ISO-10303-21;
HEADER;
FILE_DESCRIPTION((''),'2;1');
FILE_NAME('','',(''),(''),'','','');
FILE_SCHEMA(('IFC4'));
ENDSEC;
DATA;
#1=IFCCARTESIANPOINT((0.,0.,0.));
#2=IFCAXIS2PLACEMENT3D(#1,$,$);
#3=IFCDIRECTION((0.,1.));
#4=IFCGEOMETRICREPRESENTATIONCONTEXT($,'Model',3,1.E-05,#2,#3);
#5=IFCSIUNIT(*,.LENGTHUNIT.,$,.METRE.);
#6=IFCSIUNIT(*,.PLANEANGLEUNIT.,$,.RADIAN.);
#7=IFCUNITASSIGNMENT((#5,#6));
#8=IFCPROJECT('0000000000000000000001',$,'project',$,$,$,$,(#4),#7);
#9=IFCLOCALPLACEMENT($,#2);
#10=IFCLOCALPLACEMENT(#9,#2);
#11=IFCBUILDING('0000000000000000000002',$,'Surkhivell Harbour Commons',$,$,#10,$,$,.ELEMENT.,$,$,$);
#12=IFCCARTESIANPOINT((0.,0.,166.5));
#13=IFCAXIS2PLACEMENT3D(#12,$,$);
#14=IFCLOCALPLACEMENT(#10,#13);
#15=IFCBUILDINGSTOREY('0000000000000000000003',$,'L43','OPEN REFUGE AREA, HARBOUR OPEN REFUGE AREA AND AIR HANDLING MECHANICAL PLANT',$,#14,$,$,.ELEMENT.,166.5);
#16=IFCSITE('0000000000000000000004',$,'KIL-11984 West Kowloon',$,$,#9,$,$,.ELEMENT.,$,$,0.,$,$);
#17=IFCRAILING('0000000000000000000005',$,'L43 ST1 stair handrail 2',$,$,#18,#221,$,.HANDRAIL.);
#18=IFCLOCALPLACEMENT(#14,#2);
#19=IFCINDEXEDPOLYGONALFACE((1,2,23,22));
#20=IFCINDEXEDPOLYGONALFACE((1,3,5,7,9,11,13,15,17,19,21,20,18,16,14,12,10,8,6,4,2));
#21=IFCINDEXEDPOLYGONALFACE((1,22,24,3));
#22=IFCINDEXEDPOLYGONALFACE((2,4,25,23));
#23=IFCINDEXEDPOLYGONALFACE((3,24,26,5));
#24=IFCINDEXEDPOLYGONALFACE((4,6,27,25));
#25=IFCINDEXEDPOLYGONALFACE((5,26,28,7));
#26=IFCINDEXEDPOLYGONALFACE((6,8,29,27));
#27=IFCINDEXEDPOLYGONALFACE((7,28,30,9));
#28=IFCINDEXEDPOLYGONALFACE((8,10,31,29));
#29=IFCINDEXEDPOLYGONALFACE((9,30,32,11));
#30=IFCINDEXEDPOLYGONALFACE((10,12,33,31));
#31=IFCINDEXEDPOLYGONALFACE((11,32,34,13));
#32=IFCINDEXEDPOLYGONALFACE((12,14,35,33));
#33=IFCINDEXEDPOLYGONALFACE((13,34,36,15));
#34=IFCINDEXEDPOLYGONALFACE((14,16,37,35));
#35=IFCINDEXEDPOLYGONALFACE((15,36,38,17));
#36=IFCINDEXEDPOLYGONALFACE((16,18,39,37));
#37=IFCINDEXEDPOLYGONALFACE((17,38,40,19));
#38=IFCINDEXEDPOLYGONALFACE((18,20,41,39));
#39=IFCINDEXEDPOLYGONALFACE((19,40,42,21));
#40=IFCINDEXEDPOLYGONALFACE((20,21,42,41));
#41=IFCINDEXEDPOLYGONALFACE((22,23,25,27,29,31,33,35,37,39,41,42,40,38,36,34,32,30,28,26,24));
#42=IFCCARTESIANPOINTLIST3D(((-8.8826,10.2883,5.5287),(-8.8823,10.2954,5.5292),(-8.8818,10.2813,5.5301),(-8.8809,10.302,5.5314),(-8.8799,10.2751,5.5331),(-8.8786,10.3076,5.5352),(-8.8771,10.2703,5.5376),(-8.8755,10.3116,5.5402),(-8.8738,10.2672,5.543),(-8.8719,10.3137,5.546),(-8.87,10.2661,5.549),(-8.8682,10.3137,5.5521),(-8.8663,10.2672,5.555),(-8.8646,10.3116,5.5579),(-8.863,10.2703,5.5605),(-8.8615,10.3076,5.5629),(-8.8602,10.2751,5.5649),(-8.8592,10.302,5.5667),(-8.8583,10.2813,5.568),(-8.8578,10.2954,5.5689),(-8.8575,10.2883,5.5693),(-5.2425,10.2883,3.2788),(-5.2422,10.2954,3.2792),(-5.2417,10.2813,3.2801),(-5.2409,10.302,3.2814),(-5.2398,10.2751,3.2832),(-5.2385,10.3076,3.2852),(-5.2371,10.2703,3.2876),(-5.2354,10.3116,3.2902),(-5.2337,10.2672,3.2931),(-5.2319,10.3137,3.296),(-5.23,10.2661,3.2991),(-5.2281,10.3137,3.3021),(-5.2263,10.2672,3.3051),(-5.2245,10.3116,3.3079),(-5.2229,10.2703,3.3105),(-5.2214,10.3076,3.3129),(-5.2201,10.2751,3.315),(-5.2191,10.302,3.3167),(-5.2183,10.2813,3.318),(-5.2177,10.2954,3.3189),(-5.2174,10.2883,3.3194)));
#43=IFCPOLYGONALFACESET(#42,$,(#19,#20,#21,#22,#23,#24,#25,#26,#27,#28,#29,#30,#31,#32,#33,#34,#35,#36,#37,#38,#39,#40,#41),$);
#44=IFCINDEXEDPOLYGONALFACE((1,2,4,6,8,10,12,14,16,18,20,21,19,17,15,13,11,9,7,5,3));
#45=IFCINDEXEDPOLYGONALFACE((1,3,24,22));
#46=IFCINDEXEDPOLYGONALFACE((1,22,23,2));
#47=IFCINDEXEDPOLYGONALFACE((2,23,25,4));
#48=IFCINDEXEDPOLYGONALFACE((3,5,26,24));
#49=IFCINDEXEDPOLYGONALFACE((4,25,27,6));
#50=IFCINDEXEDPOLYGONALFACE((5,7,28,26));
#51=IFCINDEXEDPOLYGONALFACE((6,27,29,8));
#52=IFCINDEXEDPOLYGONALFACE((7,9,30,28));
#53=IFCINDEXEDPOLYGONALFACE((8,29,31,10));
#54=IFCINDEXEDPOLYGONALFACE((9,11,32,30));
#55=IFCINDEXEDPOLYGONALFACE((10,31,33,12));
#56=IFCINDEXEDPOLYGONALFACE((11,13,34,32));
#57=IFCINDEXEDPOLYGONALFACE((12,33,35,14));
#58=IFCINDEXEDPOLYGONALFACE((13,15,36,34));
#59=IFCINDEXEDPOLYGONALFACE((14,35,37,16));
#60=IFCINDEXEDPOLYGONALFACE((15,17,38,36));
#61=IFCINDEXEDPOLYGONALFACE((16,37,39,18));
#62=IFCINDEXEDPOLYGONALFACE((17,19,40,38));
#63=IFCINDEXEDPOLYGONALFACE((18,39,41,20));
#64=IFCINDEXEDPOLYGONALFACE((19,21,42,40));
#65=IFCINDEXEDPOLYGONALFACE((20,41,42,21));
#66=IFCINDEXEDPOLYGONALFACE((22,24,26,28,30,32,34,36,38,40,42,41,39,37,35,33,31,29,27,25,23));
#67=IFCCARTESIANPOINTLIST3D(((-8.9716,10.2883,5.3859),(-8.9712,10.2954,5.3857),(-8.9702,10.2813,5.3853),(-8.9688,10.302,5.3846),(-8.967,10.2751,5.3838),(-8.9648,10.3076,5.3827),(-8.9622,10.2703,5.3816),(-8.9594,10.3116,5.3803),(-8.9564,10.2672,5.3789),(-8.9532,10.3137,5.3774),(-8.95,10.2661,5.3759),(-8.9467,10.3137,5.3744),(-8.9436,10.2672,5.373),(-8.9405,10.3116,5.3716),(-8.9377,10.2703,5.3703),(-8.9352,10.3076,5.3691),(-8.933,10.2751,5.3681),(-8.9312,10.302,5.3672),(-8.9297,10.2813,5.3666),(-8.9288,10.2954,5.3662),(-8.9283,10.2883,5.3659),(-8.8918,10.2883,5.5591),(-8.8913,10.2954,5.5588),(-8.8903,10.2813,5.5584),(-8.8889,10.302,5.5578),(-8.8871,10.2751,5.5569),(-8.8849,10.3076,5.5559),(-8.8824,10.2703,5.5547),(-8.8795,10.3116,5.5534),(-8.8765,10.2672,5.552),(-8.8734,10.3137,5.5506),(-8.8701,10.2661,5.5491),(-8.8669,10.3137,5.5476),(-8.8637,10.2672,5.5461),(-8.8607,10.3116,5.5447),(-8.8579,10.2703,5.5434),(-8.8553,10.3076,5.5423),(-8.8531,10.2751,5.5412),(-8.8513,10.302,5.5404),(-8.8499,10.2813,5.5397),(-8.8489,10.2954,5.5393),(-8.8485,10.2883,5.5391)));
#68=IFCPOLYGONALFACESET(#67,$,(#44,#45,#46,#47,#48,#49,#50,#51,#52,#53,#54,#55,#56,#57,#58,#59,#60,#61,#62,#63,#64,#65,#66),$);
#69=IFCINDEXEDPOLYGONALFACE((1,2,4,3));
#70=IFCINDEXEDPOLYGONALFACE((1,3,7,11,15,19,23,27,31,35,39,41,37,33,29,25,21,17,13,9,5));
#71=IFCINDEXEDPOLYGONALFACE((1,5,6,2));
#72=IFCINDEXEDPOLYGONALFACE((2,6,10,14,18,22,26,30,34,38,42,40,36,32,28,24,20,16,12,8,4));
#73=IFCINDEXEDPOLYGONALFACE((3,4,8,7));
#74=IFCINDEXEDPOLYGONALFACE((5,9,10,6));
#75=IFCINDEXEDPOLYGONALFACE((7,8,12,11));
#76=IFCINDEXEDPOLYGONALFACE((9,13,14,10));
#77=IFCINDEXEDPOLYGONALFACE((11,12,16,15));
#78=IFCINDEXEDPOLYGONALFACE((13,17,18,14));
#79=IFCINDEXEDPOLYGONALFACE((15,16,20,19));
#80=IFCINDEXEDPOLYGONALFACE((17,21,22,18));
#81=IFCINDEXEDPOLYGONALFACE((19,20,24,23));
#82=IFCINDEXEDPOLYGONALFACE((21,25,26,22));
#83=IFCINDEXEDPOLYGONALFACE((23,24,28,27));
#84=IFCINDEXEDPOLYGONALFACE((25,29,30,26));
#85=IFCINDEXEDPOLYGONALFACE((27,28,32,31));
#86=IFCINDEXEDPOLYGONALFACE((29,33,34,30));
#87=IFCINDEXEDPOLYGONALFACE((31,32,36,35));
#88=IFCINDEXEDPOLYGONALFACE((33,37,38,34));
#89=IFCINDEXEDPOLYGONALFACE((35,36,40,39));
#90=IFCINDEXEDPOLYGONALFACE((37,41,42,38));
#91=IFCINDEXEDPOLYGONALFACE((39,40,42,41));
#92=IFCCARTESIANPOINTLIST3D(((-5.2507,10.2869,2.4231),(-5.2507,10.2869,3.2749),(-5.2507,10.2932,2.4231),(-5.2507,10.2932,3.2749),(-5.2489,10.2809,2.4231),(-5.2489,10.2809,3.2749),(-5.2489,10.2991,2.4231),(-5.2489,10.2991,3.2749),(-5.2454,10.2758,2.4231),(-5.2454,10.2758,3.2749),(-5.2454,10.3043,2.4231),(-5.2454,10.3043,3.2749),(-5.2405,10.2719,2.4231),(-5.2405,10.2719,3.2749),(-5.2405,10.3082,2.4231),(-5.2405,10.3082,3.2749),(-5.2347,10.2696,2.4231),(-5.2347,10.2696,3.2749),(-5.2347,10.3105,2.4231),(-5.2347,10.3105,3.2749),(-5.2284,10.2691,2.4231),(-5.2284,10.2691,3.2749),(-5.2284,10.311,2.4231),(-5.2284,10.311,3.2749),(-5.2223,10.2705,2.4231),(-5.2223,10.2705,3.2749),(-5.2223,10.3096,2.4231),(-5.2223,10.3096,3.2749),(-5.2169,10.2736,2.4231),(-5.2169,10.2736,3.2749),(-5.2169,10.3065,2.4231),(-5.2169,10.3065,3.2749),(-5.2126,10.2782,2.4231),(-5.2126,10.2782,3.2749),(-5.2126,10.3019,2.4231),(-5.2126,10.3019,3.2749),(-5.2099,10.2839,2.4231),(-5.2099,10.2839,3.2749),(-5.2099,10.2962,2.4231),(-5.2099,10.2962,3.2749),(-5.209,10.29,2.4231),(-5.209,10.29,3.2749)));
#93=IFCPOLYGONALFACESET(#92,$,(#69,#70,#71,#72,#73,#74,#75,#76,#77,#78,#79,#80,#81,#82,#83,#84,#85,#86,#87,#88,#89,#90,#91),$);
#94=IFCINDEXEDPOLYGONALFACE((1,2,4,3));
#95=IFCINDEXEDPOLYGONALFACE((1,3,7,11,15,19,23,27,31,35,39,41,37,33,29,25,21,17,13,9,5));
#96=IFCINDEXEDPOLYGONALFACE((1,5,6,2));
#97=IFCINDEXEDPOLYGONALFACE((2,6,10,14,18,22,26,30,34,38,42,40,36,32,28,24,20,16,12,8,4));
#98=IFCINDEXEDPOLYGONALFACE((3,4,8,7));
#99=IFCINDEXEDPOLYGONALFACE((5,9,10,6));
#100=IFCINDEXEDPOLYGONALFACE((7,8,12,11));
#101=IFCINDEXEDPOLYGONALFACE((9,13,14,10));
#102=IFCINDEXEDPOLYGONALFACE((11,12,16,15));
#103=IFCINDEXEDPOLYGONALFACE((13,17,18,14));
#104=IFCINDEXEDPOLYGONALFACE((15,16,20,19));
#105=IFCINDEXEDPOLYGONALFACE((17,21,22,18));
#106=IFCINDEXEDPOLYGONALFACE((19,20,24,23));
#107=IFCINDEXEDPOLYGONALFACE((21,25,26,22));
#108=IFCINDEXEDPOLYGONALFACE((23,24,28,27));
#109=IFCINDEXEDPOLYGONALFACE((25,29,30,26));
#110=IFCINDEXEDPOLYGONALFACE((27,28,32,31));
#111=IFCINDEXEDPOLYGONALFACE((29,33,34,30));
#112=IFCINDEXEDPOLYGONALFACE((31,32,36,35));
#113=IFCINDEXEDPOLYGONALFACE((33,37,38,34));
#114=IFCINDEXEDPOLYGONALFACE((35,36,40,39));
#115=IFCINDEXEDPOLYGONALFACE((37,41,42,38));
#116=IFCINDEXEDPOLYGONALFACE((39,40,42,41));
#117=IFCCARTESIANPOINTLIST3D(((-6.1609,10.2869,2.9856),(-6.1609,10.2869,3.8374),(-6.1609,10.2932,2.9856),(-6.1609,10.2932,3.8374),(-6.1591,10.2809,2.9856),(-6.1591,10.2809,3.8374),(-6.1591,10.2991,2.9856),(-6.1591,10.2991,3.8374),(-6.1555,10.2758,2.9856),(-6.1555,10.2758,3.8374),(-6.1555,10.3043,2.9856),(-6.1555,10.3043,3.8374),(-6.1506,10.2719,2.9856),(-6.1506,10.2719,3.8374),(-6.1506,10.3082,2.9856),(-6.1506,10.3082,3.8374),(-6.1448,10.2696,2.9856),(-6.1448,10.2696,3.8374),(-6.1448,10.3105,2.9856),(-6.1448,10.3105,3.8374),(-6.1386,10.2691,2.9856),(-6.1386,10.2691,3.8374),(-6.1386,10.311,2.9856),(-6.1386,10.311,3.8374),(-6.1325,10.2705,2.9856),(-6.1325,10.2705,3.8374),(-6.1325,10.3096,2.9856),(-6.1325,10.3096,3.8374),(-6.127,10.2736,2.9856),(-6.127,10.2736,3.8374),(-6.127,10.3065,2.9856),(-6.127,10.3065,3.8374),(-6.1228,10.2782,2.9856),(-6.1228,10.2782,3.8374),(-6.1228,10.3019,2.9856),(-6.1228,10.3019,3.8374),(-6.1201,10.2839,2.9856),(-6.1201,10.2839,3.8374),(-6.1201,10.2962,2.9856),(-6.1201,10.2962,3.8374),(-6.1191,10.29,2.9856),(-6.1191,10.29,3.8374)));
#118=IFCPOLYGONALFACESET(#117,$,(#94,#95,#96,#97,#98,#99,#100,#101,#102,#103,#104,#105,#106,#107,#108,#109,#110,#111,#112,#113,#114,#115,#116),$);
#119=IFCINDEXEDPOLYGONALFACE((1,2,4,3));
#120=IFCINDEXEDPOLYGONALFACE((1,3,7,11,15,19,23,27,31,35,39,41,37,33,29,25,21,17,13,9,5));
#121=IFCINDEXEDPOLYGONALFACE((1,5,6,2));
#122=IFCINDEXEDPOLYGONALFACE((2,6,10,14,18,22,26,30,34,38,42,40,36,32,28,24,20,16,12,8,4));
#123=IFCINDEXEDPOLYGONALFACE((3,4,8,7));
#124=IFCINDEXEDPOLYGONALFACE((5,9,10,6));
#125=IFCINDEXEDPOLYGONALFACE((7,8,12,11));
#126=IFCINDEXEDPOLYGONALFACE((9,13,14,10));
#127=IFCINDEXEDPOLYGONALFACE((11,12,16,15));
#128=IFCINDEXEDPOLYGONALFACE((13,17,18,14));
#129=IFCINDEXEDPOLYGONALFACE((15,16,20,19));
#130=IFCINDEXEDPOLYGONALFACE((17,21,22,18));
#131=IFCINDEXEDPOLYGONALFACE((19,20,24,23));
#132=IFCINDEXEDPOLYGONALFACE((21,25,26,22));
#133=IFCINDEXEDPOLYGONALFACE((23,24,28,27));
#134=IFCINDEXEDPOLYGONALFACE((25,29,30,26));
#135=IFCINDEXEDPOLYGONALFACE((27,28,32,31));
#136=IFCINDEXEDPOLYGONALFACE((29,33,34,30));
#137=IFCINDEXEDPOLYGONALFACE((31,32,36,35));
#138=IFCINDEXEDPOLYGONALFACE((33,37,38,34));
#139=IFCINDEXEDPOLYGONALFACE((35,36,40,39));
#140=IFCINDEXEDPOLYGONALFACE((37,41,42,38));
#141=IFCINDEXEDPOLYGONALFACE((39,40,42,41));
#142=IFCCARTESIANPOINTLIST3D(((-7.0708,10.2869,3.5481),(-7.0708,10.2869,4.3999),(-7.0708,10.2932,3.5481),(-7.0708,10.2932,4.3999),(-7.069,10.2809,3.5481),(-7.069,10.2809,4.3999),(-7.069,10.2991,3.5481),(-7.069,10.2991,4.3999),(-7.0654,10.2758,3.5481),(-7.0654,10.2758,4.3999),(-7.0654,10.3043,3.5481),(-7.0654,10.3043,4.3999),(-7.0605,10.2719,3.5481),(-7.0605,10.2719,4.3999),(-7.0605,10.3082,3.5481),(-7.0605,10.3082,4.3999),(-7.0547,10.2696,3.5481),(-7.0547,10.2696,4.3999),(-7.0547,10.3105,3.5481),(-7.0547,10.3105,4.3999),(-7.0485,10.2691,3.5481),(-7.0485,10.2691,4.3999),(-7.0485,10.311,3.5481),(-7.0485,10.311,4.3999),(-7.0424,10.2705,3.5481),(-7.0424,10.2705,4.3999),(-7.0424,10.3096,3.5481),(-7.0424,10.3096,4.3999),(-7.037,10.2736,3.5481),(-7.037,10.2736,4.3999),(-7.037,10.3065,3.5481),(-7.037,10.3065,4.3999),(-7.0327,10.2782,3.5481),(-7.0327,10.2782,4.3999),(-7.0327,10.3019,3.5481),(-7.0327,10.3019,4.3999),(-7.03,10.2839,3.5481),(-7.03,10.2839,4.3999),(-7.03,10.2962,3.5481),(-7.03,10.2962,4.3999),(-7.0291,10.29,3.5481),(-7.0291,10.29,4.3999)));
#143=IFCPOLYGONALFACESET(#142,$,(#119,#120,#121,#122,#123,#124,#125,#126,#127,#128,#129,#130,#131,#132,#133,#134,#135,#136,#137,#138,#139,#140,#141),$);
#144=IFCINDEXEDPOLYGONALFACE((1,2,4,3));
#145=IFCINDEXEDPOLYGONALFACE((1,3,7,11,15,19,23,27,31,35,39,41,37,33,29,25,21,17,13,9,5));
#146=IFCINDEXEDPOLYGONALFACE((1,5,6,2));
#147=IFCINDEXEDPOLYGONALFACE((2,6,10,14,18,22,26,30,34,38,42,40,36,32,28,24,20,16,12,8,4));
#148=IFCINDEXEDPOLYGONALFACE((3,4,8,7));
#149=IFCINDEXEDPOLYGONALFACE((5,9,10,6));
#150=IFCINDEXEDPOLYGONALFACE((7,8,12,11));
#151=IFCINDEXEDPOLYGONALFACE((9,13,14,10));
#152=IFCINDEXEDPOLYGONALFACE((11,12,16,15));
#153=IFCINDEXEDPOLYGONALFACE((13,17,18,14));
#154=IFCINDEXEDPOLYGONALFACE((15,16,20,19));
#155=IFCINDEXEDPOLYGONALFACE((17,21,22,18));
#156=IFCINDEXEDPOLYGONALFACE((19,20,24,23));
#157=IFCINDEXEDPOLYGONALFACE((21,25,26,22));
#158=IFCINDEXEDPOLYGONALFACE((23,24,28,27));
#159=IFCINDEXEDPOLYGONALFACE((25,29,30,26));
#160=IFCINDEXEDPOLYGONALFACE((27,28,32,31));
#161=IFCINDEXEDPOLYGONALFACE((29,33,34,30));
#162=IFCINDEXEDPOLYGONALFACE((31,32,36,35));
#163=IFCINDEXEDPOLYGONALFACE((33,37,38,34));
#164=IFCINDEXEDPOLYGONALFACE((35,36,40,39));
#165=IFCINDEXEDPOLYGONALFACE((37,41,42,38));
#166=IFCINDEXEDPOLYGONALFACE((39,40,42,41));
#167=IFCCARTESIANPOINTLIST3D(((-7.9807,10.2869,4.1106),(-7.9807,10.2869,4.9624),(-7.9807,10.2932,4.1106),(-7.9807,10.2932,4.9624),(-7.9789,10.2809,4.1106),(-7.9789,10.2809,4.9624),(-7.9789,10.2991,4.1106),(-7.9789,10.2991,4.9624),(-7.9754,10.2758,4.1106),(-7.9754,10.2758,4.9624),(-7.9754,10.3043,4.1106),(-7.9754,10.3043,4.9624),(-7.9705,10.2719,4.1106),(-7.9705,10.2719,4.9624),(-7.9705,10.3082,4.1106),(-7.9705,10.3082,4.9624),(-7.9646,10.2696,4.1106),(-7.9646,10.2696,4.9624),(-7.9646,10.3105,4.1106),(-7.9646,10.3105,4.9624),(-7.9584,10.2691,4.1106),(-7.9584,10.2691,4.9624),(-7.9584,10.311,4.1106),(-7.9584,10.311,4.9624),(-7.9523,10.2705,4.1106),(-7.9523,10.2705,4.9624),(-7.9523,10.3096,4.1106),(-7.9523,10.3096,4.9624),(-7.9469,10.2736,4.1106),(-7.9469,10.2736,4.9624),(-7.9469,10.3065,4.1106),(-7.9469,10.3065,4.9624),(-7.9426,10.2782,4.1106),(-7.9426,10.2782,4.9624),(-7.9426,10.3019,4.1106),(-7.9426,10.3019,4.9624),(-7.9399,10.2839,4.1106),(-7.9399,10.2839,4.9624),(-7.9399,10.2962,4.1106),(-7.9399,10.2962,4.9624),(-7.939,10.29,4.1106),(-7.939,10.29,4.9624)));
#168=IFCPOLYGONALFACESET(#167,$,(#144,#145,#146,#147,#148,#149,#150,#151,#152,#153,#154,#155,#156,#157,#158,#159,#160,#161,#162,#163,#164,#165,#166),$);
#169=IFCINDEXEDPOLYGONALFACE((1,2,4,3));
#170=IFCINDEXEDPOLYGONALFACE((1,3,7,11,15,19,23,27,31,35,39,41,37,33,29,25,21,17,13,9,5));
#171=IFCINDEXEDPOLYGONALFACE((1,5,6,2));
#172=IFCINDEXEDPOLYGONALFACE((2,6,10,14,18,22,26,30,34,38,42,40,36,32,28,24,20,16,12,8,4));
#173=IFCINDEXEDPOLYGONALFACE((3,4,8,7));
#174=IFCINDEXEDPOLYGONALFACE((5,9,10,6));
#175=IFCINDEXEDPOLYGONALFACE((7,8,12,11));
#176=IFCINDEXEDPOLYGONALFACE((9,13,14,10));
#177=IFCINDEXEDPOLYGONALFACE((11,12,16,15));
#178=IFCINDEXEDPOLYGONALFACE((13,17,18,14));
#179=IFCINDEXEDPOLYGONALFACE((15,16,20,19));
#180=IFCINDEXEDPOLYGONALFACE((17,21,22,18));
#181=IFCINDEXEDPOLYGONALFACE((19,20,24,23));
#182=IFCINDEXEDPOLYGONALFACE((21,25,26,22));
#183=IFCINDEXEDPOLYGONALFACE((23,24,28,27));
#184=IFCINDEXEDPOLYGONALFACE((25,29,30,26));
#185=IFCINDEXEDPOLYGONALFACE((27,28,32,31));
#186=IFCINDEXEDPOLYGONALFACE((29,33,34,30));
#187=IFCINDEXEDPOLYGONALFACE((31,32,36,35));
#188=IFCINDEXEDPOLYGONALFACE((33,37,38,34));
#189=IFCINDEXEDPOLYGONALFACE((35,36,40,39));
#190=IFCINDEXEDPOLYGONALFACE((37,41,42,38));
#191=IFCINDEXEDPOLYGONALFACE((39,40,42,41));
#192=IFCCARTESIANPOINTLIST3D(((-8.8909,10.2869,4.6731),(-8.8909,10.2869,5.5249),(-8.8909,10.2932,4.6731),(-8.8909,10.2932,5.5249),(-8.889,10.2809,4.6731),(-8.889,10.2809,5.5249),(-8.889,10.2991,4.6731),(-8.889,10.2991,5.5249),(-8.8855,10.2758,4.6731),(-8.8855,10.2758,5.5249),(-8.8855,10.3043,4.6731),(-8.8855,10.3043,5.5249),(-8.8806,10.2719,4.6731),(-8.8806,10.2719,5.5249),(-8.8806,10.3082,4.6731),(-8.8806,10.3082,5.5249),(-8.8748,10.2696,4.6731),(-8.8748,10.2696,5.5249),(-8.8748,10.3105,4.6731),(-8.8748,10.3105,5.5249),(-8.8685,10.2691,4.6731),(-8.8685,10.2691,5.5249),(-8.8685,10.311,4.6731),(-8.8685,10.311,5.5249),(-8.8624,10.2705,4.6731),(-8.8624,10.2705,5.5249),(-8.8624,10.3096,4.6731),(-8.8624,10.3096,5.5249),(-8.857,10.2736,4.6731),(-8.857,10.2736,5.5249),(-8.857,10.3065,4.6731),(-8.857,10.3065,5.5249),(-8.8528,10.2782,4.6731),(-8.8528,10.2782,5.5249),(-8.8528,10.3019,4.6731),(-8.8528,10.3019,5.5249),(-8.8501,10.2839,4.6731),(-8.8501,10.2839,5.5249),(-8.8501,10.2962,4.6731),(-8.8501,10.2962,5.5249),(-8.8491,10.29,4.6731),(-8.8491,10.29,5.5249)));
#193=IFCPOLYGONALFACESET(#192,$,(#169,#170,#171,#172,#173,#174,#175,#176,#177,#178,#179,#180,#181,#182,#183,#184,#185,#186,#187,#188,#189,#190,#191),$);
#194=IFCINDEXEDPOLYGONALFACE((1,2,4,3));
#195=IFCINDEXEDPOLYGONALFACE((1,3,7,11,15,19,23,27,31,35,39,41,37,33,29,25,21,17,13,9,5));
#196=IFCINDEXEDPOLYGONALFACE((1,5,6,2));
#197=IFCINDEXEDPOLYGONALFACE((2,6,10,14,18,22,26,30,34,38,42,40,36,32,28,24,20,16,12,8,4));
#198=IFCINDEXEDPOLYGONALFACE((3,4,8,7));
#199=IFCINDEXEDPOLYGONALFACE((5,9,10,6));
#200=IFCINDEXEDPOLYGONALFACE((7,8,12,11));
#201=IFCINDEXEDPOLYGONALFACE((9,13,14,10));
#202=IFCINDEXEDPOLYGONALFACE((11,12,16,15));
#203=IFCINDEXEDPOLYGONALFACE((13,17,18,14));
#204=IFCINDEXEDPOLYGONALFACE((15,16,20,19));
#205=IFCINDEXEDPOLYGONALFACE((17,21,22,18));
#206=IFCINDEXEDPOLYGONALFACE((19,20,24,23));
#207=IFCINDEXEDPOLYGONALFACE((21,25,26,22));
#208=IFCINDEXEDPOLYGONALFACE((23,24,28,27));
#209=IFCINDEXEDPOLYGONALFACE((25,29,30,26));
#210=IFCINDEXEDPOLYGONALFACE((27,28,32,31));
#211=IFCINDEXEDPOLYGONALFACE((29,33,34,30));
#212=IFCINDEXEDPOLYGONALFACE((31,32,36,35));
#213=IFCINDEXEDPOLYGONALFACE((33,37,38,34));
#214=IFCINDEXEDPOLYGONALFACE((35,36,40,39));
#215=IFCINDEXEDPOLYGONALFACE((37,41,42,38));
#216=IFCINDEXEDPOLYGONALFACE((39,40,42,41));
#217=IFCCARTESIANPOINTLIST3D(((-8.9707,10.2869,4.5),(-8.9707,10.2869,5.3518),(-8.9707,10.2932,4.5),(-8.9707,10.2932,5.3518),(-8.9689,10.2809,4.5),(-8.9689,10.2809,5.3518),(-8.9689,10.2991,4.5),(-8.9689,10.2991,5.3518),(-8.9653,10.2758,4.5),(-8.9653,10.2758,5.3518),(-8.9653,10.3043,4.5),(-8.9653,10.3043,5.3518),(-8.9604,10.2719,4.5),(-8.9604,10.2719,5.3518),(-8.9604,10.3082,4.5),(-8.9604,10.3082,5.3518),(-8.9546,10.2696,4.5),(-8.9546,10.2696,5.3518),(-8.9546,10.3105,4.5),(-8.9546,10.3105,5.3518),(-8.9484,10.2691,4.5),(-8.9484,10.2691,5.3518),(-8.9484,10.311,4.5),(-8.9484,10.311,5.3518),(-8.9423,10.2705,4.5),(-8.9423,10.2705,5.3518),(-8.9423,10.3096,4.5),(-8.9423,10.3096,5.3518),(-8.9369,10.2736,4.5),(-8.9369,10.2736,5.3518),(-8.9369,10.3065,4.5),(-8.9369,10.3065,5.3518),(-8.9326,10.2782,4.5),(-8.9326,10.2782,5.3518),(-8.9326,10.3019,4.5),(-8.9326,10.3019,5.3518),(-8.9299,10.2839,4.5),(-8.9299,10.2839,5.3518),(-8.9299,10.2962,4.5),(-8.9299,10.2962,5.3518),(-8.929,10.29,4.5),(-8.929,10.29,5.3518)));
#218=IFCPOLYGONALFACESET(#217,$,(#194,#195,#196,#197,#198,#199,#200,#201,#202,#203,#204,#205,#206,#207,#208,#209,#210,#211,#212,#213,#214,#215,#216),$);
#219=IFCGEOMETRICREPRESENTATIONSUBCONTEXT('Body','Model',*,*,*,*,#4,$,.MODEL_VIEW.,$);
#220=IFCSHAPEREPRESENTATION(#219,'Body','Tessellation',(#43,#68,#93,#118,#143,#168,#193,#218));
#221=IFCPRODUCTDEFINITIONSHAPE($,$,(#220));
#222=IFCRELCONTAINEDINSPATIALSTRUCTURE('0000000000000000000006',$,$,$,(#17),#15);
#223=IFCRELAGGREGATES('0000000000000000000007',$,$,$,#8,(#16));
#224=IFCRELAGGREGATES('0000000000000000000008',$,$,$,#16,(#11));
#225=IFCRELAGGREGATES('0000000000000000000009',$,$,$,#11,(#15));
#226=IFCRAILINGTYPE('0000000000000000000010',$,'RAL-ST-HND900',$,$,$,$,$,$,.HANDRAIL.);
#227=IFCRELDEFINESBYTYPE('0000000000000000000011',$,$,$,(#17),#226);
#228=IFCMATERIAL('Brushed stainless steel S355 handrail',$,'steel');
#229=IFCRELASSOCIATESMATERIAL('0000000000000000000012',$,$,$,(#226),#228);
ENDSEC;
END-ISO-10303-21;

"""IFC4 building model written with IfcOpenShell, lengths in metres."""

from ifc_helpers import new_model, si_unit, direction, frame, origin, origin_2d, place, context, subcontext, project, spatial, circle, extrude, material, type_object, element, save


model = new_model("IFC4")

# Units and contexts
model_context = context("Model", 3, precision=1e-05, world=origin(), true_north=direction((0.0, 1.0)))
body_context = subcontext(model_context, "Body", "Model", "MODEL_VIEW")
ifc_project = project(units=[si_unit("LENGTHUNIT", "METRE"), si_unit("PLANEANGLEUNIT", "RADIAN")], contexts=[model_context])

# Site, building, storey
site_placement = place(None, origin())
site = spatial("IfcSite", under=ifc_project, at=site_placement, Name="KIL-11984 West Kowloon", CompositionType="ELEMENT", RefElevation=0.0)
building_placement = place(site_placement, origin())
building = spatial("IfcBuilding", under=site, at=building_placement, Name="Surkhivell Harbour Commons", CompositionType="ELEMENT")
storey_placement = place(building_placement, frame((0.0, 0.0, 166.5)))
storey = spatial("IfcBuildingStorey", under=building, at=storey_placement, Name="L43", Description="OPEN REFUGE AREA, HARBOUR OPEN REFUGE AREA AND AIR HANDLING MECHANICAL PLANT", CompositionType="ELEMENT", Elevation=166.5)

# Railing
ifc_material_1 = material(Name="Brushed stainless steel S355 handrail", Category="steel")
railing_type_1 = type_object("IfcRailingType", Name="RAL-ST-HND900", PredefinedType="HANDRAIL", material=ifc_material_1)
railing_1_placement = place(storey_placement, frame((-5.23, 10.29, 2.4231)))
element("IfcRailing", 1, at=railing_1_placement, inside=storey, type_object=railing_type_1, Name="L43 ST1 stair handrail 2", PredefinedType="HANDRAIL", context=body_context, shape_type="SweptSolid", body=[
    extrude(circle(Radius=0.0239, at=origin_2d()), frame((0.0, 0.0, 0.876), z_axis=(-0.850622, 0.0, 0.525777), x_axis=(0.0, -1.0, 0.0)), (0.0, 0.0, 1.0), 4.2793),
    extrude(circle(Radius=0.0239, at=origin_2d()), frame((-3.6401, 0.0, 3.126), z_axis=(-0.418815, 0.0, -0.908072), x_axis=(0.0, -1.0, 0.0)), (0.0, 0.0, 1.0), 0.1907),
    extrude(circle(Radius=0.021, at=origin_2d()), origin(), (0.0, 0.0, 1.0), 0.8518),
    extrude(circle(Radius=0.021, at=origin_2d()), frame((-0.9102, 0.0, 0.5625)), (0.0, 0.0, 1.0), 0.8518),
    extrude(circle(Radius=0.021, at=origin_2d()), frame((-1.8201, 0.0, 1.125)), (0.0, 0.0, 1.0), 0.8518),
    extrude(circle(Radius=0.021, at=origin_2d()), frame((-2.73, 0.0, 1.6875)), (0.0, 0.0, 1.0), 0.8518),
    extrude(circle(Radius=0.021, at=origin_2d()), frame((-3.6401, 0.0, 2.25)), (0.0, 0.0, 1.0), 0.8518),
    extrude(circle(Radius=0.021, at=origin_2d()), frame((-3.72, 0.0, 2.0769)), (0.0, 0.0, 1.0), 0.8518),
])

save(model, "model.ifc")
